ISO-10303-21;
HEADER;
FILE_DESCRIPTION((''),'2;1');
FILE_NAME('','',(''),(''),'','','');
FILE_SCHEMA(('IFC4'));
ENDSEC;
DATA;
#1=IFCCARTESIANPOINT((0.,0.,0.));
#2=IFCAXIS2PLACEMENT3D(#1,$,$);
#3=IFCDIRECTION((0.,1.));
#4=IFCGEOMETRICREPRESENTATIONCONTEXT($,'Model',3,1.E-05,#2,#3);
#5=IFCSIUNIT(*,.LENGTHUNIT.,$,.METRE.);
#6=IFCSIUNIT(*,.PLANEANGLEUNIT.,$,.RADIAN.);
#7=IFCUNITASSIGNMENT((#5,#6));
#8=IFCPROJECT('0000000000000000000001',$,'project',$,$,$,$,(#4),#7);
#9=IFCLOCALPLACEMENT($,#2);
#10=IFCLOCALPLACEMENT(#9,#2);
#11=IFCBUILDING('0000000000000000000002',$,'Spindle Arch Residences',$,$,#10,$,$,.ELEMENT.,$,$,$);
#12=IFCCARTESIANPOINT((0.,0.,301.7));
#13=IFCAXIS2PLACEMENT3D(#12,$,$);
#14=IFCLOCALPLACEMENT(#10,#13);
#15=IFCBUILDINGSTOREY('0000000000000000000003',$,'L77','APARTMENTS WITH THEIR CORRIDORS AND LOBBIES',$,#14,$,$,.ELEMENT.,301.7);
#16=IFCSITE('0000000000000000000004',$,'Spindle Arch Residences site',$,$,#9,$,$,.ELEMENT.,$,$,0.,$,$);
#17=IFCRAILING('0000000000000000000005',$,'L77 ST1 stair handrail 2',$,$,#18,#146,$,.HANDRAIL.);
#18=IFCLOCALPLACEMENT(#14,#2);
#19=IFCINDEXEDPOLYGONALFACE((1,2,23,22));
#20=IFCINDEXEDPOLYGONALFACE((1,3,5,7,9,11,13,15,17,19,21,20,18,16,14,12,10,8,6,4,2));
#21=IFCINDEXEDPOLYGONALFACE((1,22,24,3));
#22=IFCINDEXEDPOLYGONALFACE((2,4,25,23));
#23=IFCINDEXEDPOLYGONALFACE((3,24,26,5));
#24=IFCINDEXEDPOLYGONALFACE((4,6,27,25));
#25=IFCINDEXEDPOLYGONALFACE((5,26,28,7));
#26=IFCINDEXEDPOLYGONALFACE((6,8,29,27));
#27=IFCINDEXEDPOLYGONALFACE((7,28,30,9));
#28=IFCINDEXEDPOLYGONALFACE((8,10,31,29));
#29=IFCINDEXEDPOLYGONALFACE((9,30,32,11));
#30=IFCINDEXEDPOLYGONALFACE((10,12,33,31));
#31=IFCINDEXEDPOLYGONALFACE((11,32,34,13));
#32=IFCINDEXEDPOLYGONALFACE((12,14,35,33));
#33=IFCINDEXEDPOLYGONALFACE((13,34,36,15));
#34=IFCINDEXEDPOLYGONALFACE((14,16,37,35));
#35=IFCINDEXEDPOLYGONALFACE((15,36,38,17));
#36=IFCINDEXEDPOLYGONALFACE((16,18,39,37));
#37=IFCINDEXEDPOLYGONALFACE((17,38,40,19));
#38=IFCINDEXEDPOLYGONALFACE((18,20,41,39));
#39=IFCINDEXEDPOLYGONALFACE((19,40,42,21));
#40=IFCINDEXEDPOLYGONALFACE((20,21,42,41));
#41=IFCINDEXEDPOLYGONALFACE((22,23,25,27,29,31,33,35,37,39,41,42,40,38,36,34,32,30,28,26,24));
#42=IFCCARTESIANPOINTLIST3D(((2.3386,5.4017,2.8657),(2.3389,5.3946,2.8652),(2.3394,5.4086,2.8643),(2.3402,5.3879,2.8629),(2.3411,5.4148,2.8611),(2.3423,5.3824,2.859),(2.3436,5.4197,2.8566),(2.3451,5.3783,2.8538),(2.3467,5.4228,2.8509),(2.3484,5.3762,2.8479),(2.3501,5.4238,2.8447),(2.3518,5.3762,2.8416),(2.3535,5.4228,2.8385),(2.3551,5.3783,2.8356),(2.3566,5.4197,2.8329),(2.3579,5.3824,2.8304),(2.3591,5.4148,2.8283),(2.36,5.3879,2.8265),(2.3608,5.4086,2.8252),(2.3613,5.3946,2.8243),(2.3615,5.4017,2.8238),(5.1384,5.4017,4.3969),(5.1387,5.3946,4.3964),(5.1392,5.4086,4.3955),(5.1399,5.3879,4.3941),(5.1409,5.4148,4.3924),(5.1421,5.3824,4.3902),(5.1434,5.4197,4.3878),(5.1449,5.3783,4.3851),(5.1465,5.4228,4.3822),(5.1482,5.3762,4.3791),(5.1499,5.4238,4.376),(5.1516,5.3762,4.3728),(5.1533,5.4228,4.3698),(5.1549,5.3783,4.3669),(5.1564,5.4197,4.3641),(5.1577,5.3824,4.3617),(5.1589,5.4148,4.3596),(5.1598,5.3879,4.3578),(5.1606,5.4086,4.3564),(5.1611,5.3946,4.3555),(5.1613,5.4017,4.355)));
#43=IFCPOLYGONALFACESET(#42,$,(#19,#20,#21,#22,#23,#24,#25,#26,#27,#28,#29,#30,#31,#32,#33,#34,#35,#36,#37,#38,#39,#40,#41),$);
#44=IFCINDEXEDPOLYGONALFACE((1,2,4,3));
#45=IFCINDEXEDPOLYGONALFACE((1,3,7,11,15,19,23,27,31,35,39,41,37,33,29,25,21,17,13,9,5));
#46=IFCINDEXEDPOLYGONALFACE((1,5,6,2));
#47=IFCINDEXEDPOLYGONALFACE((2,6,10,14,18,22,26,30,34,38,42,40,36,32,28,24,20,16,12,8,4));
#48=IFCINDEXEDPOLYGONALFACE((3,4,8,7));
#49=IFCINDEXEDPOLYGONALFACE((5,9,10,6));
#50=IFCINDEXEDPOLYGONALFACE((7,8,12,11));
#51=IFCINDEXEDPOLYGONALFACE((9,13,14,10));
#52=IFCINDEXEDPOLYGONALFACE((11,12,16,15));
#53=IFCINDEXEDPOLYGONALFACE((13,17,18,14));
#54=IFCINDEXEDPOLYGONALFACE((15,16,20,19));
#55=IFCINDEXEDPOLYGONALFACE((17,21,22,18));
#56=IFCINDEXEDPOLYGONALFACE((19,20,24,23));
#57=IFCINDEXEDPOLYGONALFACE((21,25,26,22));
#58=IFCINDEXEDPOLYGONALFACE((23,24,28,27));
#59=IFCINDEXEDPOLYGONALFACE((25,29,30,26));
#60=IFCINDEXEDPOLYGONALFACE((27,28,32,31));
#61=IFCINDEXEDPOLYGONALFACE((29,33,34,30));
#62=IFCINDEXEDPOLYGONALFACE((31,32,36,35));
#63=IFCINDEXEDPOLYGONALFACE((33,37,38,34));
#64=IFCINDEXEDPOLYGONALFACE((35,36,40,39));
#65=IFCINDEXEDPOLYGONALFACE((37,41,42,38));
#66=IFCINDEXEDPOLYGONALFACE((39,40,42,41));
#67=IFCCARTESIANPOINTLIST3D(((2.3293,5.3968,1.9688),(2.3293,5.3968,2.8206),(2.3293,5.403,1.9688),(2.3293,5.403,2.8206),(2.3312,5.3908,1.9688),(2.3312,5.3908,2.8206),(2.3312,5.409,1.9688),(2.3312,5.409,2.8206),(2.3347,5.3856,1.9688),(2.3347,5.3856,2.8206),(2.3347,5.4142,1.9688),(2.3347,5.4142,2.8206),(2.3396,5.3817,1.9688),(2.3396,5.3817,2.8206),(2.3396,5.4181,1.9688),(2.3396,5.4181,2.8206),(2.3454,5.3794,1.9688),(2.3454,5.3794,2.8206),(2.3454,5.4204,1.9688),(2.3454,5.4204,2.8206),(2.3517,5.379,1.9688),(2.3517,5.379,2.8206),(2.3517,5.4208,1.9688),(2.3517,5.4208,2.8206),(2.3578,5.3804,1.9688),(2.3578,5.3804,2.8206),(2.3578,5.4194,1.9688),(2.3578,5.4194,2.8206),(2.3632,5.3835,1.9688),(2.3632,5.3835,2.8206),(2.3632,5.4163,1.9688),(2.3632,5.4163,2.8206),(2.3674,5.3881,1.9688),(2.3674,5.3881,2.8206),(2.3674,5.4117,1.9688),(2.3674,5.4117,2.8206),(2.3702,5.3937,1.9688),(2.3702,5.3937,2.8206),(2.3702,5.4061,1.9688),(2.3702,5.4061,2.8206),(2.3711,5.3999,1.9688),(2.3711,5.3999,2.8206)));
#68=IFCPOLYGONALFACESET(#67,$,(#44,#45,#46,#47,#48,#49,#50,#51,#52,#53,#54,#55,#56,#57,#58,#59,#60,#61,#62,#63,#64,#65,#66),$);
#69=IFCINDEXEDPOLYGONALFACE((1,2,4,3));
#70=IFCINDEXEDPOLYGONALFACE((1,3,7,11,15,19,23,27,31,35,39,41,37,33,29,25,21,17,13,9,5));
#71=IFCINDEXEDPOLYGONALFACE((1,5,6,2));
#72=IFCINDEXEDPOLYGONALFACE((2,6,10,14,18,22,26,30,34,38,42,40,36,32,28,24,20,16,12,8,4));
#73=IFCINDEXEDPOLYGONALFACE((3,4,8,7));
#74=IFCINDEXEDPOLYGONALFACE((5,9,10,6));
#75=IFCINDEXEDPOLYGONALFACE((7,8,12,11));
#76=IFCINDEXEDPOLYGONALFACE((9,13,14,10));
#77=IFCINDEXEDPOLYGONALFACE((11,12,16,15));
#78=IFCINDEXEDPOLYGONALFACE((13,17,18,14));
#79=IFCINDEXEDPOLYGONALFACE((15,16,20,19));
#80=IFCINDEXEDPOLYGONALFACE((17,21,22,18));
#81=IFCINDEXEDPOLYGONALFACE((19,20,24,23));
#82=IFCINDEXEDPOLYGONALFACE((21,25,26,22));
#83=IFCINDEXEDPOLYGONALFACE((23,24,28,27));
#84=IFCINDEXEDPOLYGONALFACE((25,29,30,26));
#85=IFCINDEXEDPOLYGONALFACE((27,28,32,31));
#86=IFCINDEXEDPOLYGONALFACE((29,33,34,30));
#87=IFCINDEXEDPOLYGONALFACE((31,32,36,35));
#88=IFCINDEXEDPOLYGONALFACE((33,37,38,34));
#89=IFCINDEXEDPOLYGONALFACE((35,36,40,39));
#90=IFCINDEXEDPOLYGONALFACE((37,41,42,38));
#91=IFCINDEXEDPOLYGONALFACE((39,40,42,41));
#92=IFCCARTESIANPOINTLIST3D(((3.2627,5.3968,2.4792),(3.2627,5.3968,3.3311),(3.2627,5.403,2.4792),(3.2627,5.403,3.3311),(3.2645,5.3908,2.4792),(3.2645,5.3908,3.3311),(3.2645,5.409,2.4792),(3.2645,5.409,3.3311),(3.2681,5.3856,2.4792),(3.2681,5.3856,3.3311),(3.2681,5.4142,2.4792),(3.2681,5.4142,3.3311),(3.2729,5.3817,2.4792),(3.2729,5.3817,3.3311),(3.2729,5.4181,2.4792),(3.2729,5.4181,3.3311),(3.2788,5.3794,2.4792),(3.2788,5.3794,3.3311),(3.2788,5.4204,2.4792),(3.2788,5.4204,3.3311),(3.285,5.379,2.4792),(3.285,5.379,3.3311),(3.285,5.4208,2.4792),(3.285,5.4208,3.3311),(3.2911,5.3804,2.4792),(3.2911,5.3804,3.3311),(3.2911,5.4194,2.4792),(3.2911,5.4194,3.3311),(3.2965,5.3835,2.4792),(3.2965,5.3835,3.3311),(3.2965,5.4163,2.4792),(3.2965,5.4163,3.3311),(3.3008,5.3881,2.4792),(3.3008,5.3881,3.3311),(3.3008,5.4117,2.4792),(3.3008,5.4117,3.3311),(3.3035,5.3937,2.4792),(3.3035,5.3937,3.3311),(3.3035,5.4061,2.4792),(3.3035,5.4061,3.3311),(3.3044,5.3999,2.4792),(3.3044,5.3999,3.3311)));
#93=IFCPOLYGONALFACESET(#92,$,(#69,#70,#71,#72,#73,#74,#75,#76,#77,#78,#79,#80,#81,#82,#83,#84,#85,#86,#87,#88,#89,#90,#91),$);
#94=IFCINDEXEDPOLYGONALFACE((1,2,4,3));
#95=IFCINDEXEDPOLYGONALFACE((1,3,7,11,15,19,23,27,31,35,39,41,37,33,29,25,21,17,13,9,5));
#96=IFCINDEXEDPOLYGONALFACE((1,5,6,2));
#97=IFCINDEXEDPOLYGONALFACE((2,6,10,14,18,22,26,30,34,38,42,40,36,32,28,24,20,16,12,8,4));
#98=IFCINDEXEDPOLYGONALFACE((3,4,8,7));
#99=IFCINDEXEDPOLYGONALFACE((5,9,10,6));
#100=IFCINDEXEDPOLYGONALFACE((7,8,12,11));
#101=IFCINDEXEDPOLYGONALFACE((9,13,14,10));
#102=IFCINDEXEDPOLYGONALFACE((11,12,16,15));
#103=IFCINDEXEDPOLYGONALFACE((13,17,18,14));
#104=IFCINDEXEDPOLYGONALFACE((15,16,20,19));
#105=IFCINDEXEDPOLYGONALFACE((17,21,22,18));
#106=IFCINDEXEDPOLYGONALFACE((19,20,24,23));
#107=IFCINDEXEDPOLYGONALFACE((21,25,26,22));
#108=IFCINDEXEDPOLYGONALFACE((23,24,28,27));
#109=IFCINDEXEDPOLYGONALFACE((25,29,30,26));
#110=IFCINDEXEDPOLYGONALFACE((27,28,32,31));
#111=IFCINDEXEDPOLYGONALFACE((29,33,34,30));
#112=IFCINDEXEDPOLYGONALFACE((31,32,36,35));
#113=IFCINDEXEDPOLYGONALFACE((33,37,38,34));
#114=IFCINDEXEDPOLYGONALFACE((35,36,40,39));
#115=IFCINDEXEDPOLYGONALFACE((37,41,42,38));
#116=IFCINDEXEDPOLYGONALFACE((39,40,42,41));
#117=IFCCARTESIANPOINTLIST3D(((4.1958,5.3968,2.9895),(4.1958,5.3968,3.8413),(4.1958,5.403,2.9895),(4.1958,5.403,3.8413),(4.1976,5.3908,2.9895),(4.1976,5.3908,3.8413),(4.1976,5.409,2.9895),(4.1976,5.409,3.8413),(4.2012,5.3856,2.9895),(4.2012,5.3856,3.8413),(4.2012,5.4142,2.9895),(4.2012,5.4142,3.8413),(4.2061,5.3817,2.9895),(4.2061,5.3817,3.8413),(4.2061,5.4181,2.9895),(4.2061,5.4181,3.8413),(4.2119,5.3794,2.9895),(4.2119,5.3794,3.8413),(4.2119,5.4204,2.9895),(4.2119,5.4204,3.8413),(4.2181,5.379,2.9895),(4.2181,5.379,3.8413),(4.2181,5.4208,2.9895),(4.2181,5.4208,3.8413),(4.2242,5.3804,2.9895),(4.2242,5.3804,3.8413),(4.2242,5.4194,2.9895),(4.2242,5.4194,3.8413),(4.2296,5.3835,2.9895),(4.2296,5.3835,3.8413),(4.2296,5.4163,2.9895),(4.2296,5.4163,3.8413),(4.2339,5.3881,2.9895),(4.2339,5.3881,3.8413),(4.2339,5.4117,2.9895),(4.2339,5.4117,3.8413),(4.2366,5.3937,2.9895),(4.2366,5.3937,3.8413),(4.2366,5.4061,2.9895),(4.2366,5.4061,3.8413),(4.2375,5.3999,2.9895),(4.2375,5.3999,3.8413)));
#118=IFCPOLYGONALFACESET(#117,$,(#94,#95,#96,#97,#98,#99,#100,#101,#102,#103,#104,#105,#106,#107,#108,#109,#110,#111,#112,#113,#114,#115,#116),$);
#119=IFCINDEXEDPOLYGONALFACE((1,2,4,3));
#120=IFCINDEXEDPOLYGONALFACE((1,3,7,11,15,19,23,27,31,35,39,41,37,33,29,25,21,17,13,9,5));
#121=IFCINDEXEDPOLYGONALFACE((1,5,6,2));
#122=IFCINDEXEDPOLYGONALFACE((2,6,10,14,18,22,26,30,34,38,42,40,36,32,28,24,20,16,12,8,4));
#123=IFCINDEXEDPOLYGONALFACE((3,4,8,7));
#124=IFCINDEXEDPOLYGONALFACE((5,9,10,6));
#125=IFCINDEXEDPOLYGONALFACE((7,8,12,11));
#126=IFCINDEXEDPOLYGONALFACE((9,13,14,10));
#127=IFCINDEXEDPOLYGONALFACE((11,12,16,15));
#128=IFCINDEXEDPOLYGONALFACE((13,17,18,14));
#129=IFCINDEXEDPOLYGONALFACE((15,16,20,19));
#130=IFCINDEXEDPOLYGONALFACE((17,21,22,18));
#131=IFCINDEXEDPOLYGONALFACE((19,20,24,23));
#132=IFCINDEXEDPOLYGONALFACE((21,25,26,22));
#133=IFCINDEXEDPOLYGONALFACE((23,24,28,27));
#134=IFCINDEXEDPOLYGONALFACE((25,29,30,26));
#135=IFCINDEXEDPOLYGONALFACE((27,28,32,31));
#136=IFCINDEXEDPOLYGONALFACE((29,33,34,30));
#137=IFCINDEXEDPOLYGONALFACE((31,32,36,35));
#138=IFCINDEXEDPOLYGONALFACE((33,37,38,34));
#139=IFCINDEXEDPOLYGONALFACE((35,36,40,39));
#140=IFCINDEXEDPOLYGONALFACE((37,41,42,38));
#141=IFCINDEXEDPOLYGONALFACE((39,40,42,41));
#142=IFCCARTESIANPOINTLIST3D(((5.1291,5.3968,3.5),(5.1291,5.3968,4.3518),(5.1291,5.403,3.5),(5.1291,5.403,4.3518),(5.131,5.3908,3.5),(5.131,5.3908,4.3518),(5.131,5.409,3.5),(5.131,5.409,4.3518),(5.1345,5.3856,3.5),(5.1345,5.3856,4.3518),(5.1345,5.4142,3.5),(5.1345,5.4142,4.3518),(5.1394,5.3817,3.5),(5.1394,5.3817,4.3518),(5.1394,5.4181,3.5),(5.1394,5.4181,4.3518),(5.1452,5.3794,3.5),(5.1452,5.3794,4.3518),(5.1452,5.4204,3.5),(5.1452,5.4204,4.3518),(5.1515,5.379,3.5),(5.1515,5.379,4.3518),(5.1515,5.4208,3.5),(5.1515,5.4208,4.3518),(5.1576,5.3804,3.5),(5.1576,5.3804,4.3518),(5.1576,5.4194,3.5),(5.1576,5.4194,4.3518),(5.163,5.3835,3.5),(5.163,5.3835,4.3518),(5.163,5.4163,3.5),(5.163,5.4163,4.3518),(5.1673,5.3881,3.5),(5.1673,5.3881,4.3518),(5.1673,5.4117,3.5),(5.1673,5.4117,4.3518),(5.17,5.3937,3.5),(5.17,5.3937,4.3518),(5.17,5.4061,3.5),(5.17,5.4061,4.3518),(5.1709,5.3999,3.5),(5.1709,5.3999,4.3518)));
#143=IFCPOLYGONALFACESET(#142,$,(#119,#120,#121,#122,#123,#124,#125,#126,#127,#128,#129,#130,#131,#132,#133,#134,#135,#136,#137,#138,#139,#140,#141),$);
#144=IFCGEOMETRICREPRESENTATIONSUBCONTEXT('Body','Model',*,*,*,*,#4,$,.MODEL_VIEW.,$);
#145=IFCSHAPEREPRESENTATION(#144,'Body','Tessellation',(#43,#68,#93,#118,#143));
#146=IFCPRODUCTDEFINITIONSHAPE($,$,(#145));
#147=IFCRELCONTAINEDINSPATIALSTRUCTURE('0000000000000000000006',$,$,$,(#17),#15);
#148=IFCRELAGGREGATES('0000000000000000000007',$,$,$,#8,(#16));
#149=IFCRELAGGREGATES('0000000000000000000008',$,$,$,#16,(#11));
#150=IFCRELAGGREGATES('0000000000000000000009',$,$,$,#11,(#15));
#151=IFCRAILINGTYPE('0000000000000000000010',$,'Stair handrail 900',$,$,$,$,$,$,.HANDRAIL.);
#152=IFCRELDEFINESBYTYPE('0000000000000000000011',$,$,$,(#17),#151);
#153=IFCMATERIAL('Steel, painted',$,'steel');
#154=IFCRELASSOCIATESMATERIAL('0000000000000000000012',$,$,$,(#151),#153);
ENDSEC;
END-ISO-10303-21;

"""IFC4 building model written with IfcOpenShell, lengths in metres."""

from ifc_helpers import new_model, si_unit, direction, frame, origin, origin_2d, place, context, subcontext, project, spatial, circle, extrude, material, type_object, element, save


model = new_model("IFC4")

# Units and contexts
model_context = context("Model", 3, precision=1e-05, world=origin(), true_north=direction((0.0, 1.0)))
body_context = subcontext(model_context, "Body", "Model", "MODEL_VIEW")
ifc_project = project(units=[si_unit("LENGTHUNIT", "METRE"), si_unit("PLANEANGLEUNIT", "RADIAN")], contexts=[model_context])

# Site, building, storey
site_placement = place(None, origin())
site = spatial("IfcSite", under=ifc_project, at=site_placement, Name="Spindle Arch Residences site", CompositionType="ELEMENT", RefElevation=0.0)
building_placement = place(site_placement, origin())
building = spatial("IfcBuilding", under=site, at=building_placement, Name="Spindle Arch Residences", CompositionType="ELEMENT")
storey_placement = place(building_placement, frame((0.0, 0.0, 301.7)))
storey = spatial("IfcBuildingStorey", under=building, at=storey_placement, Name="L77", Description="APARTMENTS WITH THEIR CORRIDORS AND LOBBIES", CompositionType="ELEMENT", Elevation=301.7)

# Railing
ifc_material_1 = material(Name="Steel, painted", Category="steel")
railing_type_1 = type_object("IfcRailingType", Name="Stair handrail 900", PredefinedType="HANDRAIL", material=ifc_material_1)
railing_1_placement = place(storey_placement, frame((2.3501, 5.3999, 1.9688)))
element("IfcRailing", 1, at=railing_1_placement, inside=storey, type_object=railing_type_1, Name="L77 ST1 stair handrail 2", PredefinedType="HANDRAIL", context=body_context, shape_type="SweptSolid", body=[
    extrude(circle(Radius=0.0239, at=origin_2d()), frame((0.0, 0.0, 0.876), z_axis=(0.877357, 0.0, 0.479838), x_axis=(0.0, 1.0, 0.0)), (0.0, 0.0, 1.0), 3.1912),
    extrude(circle(Radius=0.021, at=origin_2d()), origin(), (0.0, 0.0, 1.0), 0.8518),
    extrude(circle(Radius=0.021, at=origin_2d()), frame((0.9333, 0.0, 0.5105)), (0.0, 0.0, 1.0), 0.8518),
    extrude(circle(Radius=0.021, at=origin_2d()), frame((1.8665, 0.0, 1.0208)), (0.0, 0.0, 1.0), 0.8518),
    extrude(circle(Radius=0.021, at=origin_2d()), frame((2.7998, 0.0, 1.5312)), (0.0, 0.0, 1.0), 0.8518),
])

save(model, "model.ifc")
